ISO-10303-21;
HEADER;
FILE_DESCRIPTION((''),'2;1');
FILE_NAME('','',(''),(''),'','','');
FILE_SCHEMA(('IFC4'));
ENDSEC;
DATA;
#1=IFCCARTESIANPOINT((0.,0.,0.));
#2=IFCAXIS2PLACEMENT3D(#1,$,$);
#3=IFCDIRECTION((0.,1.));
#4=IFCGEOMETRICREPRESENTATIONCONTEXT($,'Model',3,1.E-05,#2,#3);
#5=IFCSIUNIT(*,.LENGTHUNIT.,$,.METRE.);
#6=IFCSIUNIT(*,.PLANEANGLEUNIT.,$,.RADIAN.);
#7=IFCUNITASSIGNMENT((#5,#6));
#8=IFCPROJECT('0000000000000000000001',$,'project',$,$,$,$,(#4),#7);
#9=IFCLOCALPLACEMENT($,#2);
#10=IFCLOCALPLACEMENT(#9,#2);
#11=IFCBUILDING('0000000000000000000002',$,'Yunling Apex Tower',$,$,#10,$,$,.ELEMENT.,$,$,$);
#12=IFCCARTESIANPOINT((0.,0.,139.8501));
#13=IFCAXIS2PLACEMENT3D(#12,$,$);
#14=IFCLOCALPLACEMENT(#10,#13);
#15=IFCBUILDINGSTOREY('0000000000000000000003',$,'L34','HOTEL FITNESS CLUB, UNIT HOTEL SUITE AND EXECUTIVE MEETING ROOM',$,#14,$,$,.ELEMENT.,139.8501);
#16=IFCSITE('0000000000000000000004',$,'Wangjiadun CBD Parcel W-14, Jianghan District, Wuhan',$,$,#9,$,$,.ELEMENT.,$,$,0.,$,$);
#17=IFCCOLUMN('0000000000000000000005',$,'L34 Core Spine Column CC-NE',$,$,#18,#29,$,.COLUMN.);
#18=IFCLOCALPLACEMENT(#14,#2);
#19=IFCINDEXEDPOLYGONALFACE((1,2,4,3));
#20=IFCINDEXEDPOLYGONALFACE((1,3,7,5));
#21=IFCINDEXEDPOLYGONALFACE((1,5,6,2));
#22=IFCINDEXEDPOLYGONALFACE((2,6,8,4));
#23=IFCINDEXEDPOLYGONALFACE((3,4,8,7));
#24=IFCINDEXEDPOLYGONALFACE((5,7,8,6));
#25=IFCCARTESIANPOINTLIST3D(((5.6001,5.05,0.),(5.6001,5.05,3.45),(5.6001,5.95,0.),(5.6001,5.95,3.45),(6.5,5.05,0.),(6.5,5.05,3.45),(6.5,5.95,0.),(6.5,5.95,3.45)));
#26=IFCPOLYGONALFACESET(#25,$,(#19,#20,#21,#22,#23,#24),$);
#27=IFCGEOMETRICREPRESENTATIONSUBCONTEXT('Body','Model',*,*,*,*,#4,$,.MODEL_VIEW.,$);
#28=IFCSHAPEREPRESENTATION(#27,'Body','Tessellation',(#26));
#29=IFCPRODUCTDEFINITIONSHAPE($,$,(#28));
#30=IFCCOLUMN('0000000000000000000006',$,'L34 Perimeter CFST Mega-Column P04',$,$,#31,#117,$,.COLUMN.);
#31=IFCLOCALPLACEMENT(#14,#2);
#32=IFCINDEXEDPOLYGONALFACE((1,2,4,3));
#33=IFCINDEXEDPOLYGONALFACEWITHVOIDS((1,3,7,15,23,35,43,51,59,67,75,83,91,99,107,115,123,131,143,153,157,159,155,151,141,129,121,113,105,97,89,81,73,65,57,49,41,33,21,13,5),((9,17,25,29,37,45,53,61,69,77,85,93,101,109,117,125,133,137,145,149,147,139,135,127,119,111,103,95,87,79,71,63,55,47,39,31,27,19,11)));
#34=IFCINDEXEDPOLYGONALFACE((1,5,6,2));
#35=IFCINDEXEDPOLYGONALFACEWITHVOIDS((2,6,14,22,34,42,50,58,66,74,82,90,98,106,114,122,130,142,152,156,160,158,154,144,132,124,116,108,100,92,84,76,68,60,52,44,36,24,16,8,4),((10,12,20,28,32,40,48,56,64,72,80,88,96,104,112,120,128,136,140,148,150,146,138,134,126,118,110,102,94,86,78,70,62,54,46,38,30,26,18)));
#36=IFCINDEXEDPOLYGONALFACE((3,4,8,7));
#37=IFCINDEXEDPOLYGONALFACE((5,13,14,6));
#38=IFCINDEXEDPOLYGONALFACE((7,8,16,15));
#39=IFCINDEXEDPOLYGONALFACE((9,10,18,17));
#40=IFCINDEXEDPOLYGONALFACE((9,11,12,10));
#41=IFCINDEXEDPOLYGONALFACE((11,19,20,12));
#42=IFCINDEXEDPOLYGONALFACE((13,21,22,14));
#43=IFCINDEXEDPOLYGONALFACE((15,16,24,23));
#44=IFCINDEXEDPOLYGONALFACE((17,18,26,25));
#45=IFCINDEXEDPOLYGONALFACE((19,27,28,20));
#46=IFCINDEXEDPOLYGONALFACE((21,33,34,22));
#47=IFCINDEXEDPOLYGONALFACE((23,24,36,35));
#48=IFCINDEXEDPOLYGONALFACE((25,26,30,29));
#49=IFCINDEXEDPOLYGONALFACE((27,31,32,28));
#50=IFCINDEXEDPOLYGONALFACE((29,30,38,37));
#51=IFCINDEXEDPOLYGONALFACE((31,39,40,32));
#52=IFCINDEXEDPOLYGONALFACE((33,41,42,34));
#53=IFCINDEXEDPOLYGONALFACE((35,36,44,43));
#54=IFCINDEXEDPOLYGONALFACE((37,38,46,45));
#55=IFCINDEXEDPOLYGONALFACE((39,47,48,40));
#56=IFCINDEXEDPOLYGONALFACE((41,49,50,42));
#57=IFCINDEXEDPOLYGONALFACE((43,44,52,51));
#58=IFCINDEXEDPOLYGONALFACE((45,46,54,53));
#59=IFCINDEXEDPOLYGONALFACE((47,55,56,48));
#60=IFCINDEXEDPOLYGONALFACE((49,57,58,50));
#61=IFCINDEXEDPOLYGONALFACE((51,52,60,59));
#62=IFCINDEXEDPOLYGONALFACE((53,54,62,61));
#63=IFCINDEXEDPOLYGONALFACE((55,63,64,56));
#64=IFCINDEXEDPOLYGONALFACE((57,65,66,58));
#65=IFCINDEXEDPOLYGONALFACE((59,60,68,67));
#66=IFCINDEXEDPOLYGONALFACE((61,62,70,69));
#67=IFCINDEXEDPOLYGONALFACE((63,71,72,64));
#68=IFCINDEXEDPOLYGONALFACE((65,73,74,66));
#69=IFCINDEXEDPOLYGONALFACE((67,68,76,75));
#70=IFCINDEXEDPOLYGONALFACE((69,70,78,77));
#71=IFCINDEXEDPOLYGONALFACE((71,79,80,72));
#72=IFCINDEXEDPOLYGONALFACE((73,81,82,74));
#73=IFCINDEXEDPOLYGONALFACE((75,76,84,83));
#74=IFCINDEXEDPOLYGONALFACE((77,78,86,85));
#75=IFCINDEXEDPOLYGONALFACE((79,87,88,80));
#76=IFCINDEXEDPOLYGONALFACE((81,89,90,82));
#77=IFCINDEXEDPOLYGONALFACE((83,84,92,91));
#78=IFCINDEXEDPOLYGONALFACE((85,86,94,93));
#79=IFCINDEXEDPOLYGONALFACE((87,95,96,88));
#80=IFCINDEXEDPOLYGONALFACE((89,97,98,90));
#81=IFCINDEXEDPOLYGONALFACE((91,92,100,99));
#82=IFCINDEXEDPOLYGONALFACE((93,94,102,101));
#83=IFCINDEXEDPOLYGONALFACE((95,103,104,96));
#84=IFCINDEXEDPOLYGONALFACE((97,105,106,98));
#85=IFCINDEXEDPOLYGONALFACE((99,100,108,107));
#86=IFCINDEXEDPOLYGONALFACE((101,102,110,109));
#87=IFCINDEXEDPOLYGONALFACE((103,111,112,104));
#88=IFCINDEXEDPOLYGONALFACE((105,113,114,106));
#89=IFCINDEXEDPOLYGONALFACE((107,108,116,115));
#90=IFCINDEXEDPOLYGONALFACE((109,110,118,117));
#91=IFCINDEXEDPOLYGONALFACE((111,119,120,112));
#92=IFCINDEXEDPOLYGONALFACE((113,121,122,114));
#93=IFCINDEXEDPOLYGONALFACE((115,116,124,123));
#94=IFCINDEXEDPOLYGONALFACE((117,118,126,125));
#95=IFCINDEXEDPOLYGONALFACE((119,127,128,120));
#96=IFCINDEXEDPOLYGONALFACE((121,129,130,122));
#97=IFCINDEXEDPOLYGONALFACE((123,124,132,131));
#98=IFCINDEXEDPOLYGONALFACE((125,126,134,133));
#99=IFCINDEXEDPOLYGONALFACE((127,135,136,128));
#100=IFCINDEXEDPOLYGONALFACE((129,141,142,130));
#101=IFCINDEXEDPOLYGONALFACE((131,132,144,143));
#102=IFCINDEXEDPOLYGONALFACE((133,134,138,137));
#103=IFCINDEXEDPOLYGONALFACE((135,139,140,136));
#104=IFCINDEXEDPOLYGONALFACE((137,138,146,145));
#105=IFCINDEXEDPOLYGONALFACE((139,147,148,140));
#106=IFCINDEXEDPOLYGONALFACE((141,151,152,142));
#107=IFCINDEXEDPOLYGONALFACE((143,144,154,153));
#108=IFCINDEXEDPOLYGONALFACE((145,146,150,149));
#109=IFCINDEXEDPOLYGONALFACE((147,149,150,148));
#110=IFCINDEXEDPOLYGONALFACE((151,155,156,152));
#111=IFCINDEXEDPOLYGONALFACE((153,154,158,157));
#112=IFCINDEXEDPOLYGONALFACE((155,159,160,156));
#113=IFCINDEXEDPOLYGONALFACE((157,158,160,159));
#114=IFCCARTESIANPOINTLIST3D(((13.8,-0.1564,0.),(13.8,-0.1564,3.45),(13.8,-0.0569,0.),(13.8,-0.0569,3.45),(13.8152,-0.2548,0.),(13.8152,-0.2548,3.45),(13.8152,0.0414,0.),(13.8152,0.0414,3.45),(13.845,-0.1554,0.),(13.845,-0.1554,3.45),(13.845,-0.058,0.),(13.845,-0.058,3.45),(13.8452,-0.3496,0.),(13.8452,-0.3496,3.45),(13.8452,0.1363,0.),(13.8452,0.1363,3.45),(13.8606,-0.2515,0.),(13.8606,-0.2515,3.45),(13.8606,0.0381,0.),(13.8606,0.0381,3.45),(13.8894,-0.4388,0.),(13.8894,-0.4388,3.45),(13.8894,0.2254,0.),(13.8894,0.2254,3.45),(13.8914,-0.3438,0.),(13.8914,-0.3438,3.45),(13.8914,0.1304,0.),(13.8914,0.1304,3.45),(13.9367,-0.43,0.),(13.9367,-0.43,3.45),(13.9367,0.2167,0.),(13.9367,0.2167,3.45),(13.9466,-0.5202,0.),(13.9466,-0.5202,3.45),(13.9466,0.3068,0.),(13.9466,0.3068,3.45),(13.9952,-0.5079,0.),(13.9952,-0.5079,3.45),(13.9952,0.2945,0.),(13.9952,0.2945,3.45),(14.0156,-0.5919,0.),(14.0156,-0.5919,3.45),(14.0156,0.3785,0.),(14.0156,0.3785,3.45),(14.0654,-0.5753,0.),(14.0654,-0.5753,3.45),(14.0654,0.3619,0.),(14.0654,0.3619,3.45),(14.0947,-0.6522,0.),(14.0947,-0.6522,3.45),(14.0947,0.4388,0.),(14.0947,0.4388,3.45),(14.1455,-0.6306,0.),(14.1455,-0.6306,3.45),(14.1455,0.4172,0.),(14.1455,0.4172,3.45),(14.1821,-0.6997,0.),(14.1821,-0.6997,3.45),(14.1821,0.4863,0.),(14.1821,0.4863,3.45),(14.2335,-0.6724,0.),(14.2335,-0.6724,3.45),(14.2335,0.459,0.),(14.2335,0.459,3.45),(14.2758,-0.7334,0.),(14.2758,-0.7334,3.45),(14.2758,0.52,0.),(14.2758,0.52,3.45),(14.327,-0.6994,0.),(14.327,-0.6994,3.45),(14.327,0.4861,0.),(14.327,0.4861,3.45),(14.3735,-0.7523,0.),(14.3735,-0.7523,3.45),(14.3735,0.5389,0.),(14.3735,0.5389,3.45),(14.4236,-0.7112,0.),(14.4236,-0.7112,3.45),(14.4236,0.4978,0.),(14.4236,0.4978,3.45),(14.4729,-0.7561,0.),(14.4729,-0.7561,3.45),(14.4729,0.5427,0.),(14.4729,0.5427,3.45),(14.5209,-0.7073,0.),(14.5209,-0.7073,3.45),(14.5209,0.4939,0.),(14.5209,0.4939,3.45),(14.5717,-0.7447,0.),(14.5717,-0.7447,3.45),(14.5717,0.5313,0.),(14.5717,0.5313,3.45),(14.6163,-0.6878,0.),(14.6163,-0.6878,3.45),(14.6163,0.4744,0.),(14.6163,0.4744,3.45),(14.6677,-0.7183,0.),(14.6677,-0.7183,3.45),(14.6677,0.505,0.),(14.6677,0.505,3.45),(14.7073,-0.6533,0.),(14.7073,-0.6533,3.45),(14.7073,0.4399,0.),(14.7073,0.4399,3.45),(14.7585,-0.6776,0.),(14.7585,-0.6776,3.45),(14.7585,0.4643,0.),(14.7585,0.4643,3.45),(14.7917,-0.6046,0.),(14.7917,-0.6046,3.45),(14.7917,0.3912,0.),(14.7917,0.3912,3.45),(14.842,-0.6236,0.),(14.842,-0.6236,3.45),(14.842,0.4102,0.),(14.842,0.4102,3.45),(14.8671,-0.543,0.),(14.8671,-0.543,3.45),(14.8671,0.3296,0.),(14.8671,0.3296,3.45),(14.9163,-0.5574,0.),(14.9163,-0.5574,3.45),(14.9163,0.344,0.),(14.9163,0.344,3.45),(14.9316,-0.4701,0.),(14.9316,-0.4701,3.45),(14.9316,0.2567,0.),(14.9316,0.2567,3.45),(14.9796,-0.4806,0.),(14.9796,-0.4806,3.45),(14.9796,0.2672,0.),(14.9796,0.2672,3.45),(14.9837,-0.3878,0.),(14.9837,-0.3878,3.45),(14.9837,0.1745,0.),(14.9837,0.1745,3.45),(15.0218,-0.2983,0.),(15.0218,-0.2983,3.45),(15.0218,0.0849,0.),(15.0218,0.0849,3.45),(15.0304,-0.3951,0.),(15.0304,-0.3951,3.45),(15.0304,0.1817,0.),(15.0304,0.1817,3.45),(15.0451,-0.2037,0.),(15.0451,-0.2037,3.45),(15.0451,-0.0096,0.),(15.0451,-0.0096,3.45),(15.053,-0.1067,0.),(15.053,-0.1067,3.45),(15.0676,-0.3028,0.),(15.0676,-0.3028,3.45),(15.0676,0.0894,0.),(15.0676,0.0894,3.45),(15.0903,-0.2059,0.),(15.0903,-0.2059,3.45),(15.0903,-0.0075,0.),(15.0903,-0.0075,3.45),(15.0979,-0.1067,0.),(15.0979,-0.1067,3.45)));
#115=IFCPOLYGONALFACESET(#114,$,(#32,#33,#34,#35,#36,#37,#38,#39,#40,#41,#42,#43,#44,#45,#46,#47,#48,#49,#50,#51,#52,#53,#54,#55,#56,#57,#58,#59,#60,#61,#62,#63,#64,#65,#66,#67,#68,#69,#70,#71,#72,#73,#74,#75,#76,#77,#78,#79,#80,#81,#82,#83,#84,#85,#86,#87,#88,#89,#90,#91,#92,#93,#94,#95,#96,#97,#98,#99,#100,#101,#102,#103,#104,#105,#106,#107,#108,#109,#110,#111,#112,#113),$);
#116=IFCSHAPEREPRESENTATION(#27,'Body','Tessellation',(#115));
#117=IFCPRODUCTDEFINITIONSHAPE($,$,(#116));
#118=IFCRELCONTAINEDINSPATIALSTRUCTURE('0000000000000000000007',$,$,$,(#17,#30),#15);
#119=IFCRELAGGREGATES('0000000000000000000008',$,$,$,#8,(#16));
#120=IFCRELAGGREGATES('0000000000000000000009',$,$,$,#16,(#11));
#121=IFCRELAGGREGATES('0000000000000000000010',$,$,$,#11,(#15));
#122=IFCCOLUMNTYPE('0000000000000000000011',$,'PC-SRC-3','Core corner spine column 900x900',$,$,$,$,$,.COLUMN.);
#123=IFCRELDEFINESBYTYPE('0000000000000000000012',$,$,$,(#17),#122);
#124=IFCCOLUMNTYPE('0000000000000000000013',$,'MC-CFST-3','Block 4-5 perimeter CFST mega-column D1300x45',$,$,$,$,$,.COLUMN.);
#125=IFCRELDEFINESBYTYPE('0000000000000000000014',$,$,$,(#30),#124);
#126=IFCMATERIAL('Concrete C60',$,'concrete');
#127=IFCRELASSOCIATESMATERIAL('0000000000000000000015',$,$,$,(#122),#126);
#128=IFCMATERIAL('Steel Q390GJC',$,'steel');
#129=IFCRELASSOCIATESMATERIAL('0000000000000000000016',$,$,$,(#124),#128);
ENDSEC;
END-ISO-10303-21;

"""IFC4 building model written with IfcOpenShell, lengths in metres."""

from ifc_helpers import new_model, si_unit, direction, frame, origin, origin_2d, place, context, subcontext, project, spatial, rectangle, hollow_circle, extrude, source, transform, mapped, material, material_profile, profile_set, type_object, element, save


model = new_model("IFC4")

# Units and contexts
model_context = context("Model", 3, precision=1e-05, world=origin(), true_north=direction((0.0, 1.0)))
body_context = subcontext(model_context, "Body", "Model", "MODEL_VIEW")
ifc_project = project(units=[si_unit("LENGTHUNIT", "METRE"), si_unit("PLANEANGLEUNIT", "RADIAN")], contexts=[model_context])

# Site, building, storey
site_placement = place(None, origin())
site = spatial("IfcSite", under=ifc_project, at=site_placement, Name="Wangjiadun CBD Parcel W-14, Jianghan District, Wuhan", CompositionType="ELEMENT", RefElevation=0.0)
building_placement = place(site_placement, origin())
building = spatial("IfcBuilding", under=site, at=building_placement, Name="Yunling Apex Tower", CompositionType="ELEMENT")
storey_placement = place(building_placement, frame((0.0, 0.0, 139.8501)))
storey = spatial("IfcBuildingStorey", under=building, at=storey_placement, Name="L34", Description="HOTEL FITNESS CLUB, UNIT HOTEL SUITE AND EXECUTIVE MEETING ROOM", CompositionType="ELEMENT", Elevation=139.8501)

# Columns
ifc_material_1 = material(Name="Concrete C60", Category="concrete")
ifc_material_profile_1 = material_profile(ifc_material_1, rectangle(XDim=0.8999, YDim=0.8999, at=origin_2d()))
ifc_profile_set_1 = profile_set([ifc_material_profile_1], Name="Concrete C60")
column_type_1 = type_object("IfcColumnType", Name="PC-SRC-3", Description="Core corner spine column 900x900", PredefinedType="COLUMN", material=ifc_profile_set_1)
shared_shape_1 = source(origin(), body_context, "Body", "SweptSolid", [
    extrude(rectangle(XDim=0.8999, YDim=0.8999, at=origin_2d()), origin(), (0.0, 0.0, 1.0), 3.45),
])
column_placement = place(storey_placement, frame((6.05, 5.5, 0.0), z_axis=(0.0, 0.0, 1.0), x_axis=(1.0, 0.0, 0.0)))
element("IfcColumn", 1, at=column_placement, inside=storey, type_object=column_type_1, Name="L34 Core Spine Column CC-NE", PredefinedType="COLUMN", context=body_context, shape_type="MappedRepresentation", body=[
    mapped(shared_shape_1, transform((0.0, 0.0, 0.0), scale=1.0)),
])
ifc_material_2 = material(Name="Steel Q390GJC", Category="steel")
ifc_material_profile_2 = material_profile(ifc_material_2, hollow_circle(Radius=0.6499, WallThickness=0.0449, at=origin_2d()))
ifc_profile_set_2 = profile_set([ifc_material_profile_2], Name="Steel Q390GJC")
column_type_2 = type_object("IfcColumnType", Name="MC-CFST-3", Description="Block 4-5 perimeter CFST mega-column D1300x45", PredefinedType="COLUMN", material=ifc_profile_set_2)
shared_shape_2 = source(origin(), body_context, "Body", "SweptSolid", [
    extrude(hollow_circle(Radius=0.6499, WallThickness=0.0449, at=origin_2d()), origin(), (0.0, 0.0, 1.0), 3.45),
])
for number, where, z_axis, x_axis, name in (
    (2, (14.448, -0.1067, 0.0), (0.0, 0.0, 1.0), (1.0, 0.0, 0.0), "L34 Perimeter CFST Mega-Column P04"),
):
    element("IfcColumn", number, at=place(storey_placement, frame(where, z_axis=z_axis, x_axis=x_axis)), inside=storey, type_object=column_type_2, Name=name, PredefinedType="COLUMN", context=body_context, shape_type="MappedRepresentation", body=[
        mapped(shared_shape_2, transform((0.0, 0.0, 0.0), scale=1.0)),
    ])

save(model, "model.ifc")
